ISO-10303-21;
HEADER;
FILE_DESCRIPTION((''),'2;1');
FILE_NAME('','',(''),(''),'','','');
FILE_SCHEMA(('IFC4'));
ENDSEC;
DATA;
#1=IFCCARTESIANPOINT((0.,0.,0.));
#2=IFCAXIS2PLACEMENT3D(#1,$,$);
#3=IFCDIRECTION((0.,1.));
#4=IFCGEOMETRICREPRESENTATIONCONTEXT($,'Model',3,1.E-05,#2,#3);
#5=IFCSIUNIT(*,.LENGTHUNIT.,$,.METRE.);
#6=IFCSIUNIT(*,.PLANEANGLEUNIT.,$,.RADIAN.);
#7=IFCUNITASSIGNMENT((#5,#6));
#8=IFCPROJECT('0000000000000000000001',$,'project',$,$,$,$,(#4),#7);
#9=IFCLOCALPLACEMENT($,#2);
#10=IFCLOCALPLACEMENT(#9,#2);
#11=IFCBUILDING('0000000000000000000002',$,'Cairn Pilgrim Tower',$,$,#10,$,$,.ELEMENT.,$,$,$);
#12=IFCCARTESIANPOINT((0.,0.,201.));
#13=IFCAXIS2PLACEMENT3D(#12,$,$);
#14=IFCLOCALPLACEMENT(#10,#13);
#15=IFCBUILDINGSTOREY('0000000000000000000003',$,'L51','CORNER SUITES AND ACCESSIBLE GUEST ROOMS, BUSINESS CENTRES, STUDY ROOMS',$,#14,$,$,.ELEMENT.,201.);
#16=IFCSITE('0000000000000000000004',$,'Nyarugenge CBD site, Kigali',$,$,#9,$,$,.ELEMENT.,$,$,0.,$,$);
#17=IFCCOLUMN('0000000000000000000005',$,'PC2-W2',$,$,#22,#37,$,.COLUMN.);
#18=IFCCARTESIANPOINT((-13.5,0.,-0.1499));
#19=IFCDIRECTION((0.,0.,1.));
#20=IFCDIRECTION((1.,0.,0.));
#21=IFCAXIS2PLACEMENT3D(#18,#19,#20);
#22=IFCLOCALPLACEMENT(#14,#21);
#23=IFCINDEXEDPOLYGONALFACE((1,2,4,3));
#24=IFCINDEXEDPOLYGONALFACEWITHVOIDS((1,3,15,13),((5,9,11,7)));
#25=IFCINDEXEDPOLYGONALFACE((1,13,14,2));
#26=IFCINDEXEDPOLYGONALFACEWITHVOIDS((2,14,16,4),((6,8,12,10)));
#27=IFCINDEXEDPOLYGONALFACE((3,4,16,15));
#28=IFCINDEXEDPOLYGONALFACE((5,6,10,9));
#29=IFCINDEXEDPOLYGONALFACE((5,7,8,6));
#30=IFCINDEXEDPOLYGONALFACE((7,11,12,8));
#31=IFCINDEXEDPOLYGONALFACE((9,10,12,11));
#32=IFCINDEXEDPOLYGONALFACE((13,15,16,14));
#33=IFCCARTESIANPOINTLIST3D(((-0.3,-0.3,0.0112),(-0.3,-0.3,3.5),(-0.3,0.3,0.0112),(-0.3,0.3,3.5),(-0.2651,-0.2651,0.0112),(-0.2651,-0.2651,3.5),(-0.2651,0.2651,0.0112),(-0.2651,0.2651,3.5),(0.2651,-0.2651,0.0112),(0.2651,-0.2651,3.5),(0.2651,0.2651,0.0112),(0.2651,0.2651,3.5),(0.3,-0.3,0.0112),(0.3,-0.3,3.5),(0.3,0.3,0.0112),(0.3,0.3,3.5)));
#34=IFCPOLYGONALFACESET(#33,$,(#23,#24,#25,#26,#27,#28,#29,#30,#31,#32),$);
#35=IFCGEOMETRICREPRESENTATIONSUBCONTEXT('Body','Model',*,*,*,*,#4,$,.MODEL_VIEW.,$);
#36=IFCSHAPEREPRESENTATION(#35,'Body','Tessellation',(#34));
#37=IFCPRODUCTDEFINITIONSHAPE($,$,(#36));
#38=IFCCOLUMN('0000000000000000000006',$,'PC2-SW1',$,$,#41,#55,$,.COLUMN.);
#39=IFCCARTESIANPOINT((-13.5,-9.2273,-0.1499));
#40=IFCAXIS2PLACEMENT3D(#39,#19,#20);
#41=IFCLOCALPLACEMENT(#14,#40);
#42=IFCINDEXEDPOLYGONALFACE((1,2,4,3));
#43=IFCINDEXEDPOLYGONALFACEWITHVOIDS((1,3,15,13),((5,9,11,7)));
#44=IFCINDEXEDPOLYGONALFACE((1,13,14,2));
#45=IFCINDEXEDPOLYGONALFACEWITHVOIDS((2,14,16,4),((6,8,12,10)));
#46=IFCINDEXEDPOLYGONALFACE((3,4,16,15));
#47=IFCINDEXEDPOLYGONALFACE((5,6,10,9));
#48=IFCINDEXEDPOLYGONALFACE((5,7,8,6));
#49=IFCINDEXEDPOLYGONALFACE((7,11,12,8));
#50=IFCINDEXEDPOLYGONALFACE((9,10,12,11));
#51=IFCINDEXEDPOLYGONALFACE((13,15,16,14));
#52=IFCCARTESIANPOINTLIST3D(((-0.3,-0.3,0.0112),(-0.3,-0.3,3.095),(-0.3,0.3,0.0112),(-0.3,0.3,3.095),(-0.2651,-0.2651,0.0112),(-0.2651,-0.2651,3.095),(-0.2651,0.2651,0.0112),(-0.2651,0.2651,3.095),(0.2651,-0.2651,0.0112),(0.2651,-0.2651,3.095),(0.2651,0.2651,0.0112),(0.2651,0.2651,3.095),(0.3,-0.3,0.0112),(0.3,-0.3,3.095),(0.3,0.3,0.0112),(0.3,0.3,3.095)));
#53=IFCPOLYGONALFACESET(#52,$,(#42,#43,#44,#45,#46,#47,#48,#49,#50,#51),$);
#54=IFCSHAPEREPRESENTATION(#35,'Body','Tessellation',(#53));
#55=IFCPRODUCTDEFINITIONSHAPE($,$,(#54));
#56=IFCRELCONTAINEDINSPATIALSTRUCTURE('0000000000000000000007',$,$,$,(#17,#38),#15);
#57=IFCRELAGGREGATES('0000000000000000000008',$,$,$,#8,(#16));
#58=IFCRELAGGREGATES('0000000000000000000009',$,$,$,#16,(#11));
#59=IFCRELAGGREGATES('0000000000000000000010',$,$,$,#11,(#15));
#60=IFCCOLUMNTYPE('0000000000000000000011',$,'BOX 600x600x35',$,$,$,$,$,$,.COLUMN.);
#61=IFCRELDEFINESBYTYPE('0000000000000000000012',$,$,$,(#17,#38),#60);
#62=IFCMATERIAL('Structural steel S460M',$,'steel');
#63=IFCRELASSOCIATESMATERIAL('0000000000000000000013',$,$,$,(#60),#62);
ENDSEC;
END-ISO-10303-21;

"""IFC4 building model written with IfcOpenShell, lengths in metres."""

from ifc_helpers import new_model, si_unit, direction, frame, origin, origin_2d, place, context, subcontext, project, spatial, hollow_rectangle, extrude, clip, halfspace, material, material_profile, profile_set, type_object, element, save


model = new_model("IFC4")

# Units and contexts
model_context = context("Model", 3, precision=1e-05, world=origin(), true_north=direction((0.0, 1.0)))
body_context = subcontext(model_context, "Body", "Model", "MODEL_VIEW")
ifc_project = project(units=[si_unit("LENGTHUNIT", "METRE"), si_unit("PLANEANGLEUNIT", "RADIAN")], contexts=[model_context])

# Site, building, storey
site_placement = place(None, origin())
site = spatial("IfcSite", under=ifc_project, at=site_placement, Name="Nyarugenge CBD site, Kigali", CompositionType="ELEMENT", RefElevation=0.0)
building_placement = place(site_placement, origin())
building = spatial("IfcBuilding", under=site, at=building_placement, Name="Cairn Pilgrim Tower", CompositionType="ELEMENT")
storey_placement = place(building_placement, frame((0.0, 0.0, 201.0)))
storey = spatial("IfcBuildingStorey", under=building, at=storey_placement, Name="L51", Description="CORNER SUITES AND ACCESSIBLE GUEST ROOMS, BUSINESS CENTRES, STUDY ROOMS", CompositionType="ELEMENT", Elevation=201.0)

# Columns
ifc_material_1 = material(Name="Structural steel S460M", Category="steel")
ifc_material_profile_1 = material_profile(ifc_material_1, hollow_rectangle(XDim=0.6001, YDim=0.6001, WallThickness=0.0349, at=origin_2d()), Name="BOX 600x600x35")
ifc_profile_set_1 = profile_set([ifc_material_profile_1], Name="Structural steel S460M")
column_type_1 = type_object("IfcColumnType", Name="BOX 600x600x35", PredefinedType="COLUMN", material=ifc_profile_set_1)
column_1_placement = place(storey_placement, frame((-13.5, 0.0, -0.1499), z_axis=(0.0, 0.0, 1.0), x_axis=(1.0, 0.0, 0.0)))
element("IfcColumn", 1, at=column_1_placement, inside=storey, type_object=column_type_1, Name="PC2-W2", PredefinedType="COLUMN", context=body_context, shape_type="Clipping", body=[
    clip(extrude(hollow_rectangle(XDim=0.6001, YDim=0.6001, WallThickness=0.0349, at=origin_2d()), origin(), (0.0, 0.0, 1.0), 3.5), halfspace(frame((0.0, 0.0, 0.0112), z_axis=(0.0, 0.0, 1.0), x_axis=(1.0, 0.0, 0.0)), True)),
])
column_2_placement = place(storey_placement, frame((-13.5, -9.2273, -0.1499), z_axis=(0.0, 0.0, 1.0), x_axis=(1.0, 0.0, 0.0)))
element("IfcColumn", 2, at=column_2_placement, inside=storey, type_object=column_type_1, Name="PC2-SW1", PredefinedType="COLUMN", context=body_context, shape_type="Clipping", body=[
    clip(clip(extrude(hollow_rectangle(XDim=0.6001, YDim=0.6001, WallThickness=0.0349, at=origin_2d()), origin(), (0.0, 0.0, 1.0), 3.5), halfspace(frame((0.0, 0.0, 0.0112), z_axis=(0.0, 0.0, 1.0), x_axis=(1.0, 0.0, 0.0)), True)), halfspace(frame((0.0, 0.0, 3.095), z_axis=(0.0, 0.0, 1.0), x_axis=(1.0, 0.0, 0.0)), False)),
])

save(model, "model.ifc")
